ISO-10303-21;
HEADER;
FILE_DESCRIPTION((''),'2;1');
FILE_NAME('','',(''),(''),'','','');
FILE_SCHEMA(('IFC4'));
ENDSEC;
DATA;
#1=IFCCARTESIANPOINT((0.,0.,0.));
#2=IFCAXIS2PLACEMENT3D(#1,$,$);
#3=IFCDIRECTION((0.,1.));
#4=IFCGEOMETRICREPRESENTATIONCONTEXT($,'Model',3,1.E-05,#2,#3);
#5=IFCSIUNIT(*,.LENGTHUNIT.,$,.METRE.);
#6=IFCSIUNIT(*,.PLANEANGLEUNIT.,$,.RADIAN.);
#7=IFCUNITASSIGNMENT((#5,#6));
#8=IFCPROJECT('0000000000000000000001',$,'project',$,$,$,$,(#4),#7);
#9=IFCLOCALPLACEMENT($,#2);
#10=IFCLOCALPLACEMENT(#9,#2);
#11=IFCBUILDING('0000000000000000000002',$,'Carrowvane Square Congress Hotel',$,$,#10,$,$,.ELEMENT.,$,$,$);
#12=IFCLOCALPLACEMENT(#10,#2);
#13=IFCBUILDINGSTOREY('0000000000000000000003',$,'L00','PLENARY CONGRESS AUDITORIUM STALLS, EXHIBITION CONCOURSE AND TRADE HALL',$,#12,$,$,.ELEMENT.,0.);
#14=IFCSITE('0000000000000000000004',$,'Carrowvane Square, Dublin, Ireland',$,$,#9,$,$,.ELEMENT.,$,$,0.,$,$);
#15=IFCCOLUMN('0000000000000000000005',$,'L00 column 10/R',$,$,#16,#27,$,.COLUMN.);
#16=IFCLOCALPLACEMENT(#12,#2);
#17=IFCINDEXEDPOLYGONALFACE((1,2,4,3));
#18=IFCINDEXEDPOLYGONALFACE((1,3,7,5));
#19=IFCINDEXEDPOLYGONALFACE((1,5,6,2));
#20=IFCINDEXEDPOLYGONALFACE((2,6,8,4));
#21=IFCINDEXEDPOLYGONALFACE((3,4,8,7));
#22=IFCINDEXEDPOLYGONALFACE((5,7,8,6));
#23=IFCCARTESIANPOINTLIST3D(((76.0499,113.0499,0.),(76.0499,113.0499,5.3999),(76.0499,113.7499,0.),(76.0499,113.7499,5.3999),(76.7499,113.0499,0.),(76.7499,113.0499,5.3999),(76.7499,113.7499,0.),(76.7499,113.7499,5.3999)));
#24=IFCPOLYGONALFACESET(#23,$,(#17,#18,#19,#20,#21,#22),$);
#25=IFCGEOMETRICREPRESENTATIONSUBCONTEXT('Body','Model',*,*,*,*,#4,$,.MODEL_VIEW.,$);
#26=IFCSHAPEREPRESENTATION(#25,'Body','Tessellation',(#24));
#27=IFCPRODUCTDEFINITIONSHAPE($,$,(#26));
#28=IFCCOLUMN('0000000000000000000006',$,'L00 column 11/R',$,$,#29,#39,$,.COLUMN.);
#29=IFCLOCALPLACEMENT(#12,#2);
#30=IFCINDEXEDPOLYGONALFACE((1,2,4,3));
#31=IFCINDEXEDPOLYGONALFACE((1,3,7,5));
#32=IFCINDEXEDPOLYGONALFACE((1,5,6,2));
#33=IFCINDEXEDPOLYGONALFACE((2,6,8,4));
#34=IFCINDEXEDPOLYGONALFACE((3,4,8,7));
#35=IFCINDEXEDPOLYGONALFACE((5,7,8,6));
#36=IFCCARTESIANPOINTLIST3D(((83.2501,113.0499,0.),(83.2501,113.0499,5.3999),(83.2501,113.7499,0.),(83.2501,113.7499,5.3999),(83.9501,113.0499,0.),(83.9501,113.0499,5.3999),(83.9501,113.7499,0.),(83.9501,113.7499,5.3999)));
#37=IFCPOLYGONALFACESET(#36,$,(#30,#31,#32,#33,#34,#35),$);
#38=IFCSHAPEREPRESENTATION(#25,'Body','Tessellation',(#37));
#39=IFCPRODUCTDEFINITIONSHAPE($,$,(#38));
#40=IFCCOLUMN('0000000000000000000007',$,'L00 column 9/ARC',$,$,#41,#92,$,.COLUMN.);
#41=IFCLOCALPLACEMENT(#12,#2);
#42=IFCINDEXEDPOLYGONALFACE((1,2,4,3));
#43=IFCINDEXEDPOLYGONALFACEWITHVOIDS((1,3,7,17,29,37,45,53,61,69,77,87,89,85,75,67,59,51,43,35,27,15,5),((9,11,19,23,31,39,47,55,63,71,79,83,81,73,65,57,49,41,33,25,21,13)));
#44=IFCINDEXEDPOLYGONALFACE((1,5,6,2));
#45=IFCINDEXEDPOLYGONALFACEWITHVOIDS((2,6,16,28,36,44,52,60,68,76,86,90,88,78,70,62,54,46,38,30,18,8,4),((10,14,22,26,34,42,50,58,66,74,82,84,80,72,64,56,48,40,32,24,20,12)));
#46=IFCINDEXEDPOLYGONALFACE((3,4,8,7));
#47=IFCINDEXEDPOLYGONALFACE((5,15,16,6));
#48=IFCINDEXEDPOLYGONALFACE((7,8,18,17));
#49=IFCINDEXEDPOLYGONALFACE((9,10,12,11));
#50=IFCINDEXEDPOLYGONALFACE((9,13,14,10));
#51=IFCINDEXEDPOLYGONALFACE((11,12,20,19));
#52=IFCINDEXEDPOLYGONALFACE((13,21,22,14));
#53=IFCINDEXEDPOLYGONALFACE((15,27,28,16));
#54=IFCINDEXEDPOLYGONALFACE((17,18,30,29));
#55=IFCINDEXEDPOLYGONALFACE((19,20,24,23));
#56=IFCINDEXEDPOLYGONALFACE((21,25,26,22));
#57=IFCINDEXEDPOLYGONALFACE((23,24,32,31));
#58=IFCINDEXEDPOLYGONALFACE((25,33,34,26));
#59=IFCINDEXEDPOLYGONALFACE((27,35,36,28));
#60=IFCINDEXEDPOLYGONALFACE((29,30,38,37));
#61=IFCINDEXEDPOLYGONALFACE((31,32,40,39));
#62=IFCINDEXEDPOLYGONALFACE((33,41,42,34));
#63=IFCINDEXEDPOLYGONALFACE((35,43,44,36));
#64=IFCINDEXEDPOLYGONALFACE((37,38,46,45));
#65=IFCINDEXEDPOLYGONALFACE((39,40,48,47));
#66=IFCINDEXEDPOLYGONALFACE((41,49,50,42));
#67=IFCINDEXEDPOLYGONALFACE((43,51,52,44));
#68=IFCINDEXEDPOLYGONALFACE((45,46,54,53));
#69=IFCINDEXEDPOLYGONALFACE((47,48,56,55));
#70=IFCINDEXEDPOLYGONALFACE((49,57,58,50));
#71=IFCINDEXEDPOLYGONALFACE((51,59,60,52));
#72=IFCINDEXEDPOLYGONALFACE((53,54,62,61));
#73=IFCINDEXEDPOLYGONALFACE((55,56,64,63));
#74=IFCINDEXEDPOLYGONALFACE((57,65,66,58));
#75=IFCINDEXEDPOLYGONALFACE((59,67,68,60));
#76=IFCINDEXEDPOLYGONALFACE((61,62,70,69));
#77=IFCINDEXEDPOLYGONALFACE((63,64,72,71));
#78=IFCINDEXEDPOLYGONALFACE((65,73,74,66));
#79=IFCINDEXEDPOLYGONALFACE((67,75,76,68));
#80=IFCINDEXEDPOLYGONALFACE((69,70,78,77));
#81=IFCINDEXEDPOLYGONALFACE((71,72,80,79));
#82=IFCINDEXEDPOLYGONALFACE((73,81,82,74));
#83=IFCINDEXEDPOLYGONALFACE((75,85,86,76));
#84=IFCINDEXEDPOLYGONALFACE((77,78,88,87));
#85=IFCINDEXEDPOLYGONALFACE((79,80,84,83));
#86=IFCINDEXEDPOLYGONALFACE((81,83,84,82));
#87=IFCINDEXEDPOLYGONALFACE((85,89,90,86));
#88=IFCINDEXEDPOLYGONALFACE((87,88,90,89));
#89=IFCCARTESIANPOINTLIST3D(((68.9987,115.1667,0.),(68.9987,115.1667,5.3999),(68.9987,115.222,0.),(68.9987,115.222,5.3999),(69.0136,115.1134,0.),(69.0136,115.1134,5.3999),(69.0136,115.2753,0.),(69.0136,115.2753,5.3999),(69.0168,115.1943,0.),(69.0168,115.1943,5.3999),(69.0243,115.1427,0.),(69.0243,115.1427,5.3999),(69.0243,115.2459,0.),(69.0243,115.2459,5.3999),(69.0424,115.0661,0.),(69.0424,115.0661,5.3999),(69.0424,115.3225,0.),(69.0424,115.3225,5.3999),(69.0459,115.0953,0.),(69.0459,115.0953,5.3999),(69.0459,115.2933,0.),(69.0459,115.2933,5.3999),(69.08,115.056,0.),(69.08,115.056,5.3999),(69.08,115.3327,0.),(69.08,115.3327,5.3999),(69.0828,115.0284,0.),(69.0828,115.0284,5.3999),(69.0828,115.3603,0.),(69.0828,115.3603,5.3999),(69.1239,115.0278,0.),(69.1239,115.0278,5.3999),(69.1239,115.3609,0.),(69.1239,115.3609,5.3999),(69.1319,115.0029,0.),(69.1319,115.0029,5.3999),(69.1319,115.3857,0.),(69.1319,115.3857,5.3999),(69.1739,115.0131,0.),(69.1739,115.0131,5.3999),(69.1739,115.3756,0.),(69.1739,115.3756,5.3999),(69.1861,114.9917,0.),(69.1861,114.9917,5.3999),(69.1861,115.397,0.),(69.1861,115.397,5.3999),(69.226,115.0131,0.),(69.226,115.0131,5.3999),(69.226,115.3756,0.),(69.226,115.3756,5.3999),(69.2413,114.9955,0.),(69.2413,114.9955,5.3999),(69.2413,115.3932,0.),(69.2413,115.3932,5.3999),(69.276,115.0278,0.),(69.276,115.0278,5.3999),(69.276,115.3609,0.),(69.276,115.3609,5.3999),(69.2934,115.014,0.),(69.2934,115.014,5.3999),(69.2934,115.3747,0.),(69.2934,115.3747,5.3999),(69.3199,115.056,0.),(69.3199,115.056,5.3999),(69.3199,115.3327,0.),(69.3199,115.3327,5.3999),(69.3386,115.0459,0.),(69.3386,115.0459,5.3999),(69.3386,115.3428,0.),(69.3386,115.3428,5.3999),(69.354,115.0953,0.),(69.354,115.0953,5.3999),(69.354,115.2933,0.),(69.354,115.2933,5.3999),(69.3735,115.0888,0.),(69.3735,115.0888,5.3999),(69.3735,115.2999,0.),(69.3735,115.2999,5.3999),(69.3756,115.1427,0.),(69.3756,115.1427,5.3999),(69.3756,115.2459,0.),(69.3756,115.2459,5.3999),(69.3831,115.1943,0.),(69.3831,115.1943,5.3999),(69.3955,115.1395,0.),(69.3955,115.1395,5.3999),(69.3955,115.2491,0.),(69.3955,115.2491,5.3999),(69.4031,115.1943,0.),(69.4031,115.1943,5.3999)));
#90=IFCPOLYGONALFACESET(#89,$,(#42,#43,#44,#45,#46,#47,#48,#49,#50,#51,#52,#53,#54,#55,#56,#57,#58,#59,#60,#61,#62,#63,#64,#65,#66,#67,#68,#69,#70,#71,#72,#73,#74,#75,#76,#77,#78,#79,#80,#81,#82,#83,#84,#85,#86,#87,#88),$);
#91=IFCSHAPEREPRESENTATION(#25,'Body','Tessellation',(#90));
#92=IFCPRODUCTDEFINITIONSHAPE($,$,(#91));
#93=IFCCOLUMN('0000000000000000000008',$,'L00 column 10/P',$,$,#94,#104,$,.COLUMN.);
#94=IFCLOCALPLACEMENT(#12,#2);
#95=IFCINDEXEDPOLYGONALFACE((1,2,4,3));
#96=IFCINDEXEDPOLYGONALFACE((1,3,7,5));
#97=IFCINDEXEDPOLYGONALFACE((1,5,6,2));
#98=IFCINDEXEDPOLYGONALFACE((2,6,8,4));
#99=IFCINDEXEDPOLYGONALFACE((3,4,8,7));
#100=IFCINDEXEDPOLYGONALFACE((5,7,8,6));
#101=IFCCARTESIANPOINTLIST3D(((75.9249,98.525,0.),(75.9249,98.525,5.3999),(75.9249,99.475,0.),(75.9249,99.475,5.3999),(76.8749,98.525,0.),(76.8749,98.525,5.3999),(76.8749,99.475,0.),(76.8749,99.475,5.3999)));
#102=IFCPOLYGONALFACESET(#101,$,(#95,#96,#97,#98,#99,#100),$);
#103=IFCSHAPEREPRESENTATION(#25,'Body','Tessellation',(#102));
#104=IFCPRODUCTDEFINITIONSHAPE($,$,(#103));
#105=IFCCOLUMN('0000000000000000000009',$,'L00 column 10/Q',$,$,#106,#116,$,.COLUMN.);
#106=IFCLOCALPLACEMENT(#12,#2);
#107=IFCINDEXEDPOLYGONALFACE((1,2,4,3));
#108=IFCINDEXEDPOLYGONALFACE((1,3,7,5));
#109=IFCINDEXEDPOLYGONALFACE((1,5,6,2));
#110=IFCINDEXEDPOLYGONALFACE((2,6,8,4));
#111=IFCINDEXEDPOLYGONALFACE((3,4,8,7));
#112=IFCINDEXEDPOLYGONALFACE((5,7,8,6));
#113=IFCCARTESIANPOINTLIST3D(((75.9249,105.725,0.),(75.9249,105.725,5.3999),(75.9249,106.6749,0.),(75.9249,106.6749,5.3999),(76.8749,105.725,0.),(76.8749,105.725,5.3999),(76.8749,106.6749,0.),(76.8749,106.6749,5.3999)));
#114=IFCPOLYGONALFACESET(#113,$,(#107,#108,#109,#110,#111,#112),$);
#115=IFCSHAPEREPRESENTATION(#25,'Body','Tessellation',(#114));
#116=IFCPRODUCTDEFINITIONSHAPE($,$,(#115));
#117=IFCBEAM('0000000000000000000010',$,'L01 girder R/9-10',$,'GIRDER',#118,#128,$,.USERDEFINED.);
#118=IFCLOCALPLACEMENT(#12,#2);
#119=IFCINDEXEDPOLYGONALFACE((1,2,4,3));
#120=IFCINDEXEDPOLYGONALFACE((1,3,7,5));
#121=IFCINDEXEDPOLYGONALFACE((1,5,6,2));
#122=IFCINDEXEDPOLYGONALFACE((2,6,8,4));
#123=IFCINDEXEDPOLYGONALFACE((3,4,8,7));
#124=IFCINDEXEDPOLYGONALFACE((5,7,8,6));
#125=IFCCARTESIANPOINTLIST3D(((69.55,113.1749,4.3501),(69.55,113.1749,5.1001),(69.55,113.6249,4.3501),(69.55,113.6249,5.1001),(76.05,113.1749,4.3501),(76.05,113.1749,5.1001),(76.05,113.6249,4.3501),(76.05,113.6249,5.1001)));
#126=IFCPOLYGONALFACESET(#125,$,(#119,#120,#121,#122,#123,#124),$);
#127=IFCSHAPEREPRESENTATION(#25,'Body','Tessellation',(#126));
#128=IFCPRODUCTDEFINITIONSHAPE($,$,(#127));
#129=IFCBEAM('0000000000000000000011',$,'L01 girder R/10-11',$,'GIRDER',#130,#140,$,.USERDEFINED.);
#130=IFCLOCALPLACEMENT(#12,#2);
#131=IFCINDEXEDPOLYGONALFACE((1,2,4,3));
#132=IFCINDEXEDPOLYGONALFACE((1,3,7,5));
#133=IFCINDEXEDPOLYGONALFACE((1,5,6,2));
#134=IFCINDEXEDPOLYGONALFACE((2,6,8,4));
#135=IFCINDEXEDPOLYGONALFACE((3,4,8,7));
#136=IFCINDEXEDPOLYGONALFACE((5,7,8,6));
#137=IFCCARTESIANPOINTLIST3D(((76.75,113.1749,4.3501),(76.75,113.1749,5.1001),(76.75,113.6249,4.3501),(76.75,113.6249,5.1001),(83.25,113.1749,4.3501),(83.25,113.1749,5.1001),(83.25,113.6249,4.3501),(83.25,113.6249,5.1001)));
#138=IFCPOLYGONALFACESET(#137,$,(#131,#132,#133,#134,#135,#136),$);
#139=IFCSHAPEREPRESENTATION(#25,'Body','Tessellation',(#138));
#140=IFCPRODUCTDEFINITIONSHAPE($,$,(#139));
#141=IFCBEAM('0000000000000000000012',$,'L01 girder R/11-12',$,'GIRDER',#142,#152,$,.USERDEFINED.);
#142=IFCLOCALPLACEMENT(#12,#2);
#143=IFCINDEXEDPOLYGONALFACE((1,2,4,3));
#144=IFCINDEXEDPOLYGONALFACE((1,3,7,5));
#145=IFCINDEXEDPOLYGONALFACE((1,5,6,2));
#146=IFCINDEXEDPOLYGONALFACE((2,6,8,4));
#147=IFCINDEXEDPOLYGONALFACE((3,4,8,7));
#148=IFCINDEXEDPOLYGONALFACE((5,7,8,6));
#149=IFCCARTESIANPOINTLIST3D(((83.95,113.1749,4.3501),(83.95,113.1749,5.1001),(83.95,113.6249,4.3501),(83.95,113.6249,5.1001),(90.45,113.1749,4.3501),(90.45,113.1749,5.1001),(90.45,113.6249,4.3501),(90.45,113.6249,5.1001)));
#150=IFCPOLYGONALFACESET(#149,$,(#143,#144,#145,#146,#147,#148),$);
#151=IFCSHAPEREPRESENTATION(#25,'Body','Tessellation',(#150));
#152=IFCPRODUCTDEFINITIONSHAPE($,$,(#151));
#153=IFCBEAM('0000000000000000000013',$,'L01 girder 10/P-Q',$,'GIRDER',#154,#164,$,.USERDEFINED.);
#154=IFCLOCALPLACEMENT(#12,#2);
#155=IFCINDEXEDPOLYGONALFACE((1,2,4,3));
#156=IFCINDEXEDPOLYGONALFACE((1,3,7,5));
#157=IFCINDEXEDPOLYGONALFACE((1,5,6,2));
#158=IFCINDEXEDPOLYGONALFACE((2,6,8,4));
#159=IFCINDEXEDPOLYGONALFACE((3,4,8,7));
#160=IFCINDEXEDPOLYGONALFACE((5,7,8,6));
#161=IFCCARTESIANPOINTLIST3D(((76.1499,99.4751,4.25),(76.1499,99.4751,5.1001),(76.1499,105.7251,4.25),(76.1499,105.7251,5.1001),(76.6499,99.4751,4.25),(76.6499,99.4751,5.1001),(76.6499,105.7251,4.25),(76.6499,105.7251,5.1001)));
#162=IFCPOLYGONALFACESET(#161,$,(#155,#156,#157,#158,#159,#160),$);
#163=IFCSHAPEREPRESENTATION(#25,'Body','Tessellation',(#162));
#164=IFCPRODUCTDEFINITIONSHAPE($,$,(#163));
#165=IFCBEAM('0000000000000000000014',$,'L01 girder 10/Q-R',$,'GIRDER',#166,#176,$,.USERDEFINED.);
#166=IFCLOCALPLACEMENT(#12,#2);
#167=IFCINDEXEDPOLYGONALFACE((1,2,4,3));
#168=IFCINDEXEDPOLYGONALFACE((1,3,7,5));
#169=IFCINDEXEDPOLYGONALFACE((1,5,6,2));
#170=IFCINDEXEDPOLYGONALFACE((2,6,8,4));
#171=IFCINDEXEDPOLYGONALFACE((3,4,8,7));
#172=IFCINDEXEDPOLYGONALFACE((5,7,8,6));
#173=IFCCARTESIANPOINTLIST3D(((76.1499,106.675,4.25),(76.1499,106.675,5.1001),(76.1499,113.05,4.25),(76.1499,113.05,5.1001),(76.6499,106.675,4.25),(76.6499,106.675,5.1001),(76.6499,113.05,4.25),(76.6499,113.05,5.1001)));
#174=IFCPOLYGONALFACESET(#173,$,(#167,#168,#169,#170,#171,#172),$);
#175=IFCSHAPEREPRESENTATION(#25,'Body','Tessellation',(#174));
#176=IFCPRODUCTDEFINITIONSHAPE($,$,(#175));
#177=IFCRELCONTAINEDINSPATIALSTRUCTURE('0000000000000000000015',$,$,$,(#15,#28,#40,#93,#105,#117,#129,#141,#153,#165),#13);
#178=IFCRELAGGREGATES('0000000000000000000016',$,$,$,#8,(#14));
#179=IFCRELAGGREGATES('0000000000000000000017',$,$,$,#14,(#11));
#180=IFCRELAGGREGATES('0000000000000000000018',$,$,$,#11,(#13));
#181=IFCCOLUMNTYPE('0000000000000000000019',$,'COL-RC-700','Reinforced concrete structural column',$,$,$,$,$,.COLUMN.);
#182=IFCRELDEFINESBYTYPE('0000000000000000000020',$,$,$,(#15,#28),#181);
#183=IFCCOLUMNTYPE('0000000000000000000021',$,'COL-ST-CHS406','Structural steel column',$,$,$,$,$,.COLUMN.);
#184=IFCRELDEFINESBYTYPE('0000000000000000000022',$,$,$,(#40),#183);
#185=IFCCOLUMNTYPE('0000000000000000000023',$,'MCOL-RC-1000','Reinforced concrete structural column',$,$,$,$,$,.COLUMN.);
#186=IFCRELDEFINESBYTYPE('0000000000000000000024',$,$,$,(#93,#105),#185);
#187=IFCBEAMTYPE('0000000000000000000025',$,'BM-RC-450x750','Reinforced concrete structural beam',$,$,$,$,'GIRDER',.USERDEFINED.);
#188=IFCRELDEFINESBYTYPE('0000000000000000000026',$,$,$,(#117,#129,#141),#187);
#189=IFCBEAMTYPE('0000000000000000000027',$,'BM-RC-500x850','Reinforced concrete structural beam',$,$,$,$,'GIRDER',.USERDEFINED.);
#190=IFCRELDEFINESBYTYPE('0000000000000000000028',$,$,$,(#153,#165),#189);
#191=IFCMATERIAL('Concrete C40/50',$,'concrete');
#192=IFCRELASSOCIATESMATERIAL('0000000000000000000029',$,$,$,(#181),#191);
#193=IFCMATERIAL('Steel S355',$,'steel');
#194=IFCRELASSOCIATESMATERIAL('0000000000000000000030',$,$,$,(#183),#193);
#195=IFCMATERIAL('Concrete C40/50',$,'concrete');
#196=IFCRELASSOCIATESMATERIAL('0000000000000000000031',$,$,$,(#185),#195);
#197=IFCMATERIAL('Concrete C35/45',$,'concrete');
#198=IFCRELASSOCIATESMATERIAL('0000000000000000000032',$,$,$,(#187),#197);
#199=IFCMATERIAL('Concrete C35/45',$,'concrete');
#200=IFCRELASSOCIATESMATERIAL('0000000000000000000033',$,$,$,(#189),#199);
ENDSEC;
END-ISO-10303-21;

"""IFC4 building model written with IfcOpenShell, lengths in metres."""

from ifc_helpers import new_model, si_unit, direction, frame, origin, origin_2d, place, context, subcontext, project, spatial, rectangle, hollow_circle, extrude, material, material_profile, profile_set, type_object, element, save


model = new_model("IFC4")

# Units and contexts
model_context = context("Model", 3, precision=1e-05, world=origin(), true_north=direction((0.0, 1.0)))
body_context = subcontext(model_context, "Body", "Model", "MODEL_VIEW")
ifc_project = project(units=[si_unit("LENGTHUNIT", "METRE"), si_unit("PLANEANGLEUNIT", "RADIAN")], contexts=[model_context])

# Site, building, storey
site_placement = place(None, origin())
site = spatial("IfcSite", under=ifc_project, at=site_placement, Name="Carrowvane Square, Dublin, Ireland", CompositionType="ELEMENT", RefElevation=0.0)
building_placement = place(site_placement, origin())
building = spatial("IfcBuilding", under=site, at=building_placement, Name="Carrowvane Square Congress Hotel", CompositionType="ELEMENT")
storey_placement = place(building_placement, origin())
storey = spatial("IfcBuildingStorey", under=building, at=storey_placement, Name="L00", Description="PLENARY CONGRESS AUDITORIUM STALLS, EXHIBITION CONCOURSE AND TRADE HALL", CompositionType="ELEMENT", Elevation=0.0)

# Columns
ifc_material_1 = material(Name="Concrete C40/50", Category="concrete")
ifc_material_profile_1 = material_profile(ifc_material_1, rectangle(XDim=0.7, YDim=0.7, at=origin_2d()), Name="RC 700x700")
ifc_profile_set_1 = profile_set([ifc_material_profile_1], Name="Concrete C40/50")
column_type_1 = type_object("IfcColumnType", Name="COL-RC-700", Description="Reinforced concrete structural column", PredefinedType="COLUMN", material=ifc_profile_set_1)
for number, where, z_axis, x_axis, name in (
    (1, (76.3999, 113.3999, 0.0), (0.0, 0.0, 1.0), (1.0, 0.0, 0.0), "L00 column 10/R"),
    (2, (83.6001, 113.3999, 0.0), (0.0, 0.0, 1.0), (1.0, 0.0, 0.0), "L00 column 11/R"),
):
    element("IfcColumn", number, at=place(storey_placement, frame(where, z_axis=z_axis, x_axis=x_axis)), inside=storey, type_object=column_type_1, Name=name, PredefinedType="COLUMN", context=body_context, shape_type="SweptSolid", body=[
        extrude(rectangle(XDim=0.7, YDim=0.7, at=origin_2d()), origin(), (0.0, 0.0, 1.0), 5.3999),
    ])
ifc_material_2 = material(Name="Steel S355", Category="steel")
ifc_material_profile_2 = material_profile(ifc_material_2, hollow_circle(Radius=0.2031, WallThickness=0.02, at=origin_2d()), Name="CHS 406.4x20")
ifc_profile_set_2 = profile_set([ifc_material_profile_2], Name="Steel S355")
column_type_2 = type_object("IfcColumnType", Name="COL-ST-CHS406", Description="Structural steel column", PredefinedType="COLUMN", material=ifc_profile_set_2)
column_placement = place(storey_placement, frame((69.2, 115.1943, 0.0), z_axis=(0.0, 0.0, 1.0), x_axis=(1.0, 0.0, 0.0)))
element("IfcColumn", 3, at=column_placement, inside=storey, type_object=column_type_2, Name="L00 column 9/ARC", PredefinedType="COLUMN", context=body_context, shape_type="SweptSolid", body=[
    extrude(hollow_circle(Radius=0.2031, WallThickness=0.02, at=origin_2d()), origin(), (0.0, 0.0, 1.0), 5.3999),
])
ifc_material_3 = material(Name="Concrete C40/50", Category="concrete")
ifc_material_profile_3 = material_profile(ifc_material_3, rectangle(XDim=0.95, YDim=0.95, at=origin_2d()), Name="RC 950x950")
ifc_profile_set_3 = profile_set([ifc_material_profile_3], Name="Concrete C40/50")
column_type_3 = type_object("IfcColumnType", Name="MCOL-RC-1000", Description="Reinforced concrete structural column", PredefinedType="COLUMN", material=ifc_profile_set_3)
for number, where, z_axis, x_axis, name in (
    (4, (76.3999, 99.0, 0.0), (0.0, 0.0, 1.0), (1.0, 0.0, 0.0), "L00 column 10/P"),
    (5, (76.3999, 106.2, 0.0), (0.0, 0.0, 1.0), (1.0, 0.0, 0.0), "L00 column 10/Q"),
):
    element("IfcColumn", number, at=place(storey_placement, frame(where, z_axis=z_axis, x_axis=x_axis)), inside=storey, type_object=column_type_3, Name=name, PredefinedType="COLUMN", context=body_context, shape_type="SweptSolid", body=[
        extrude(rectangle(XDim=0.95, YDim=0.95, at=origin_2d()), origin(), (0.0, 0.0, 1.0), 5.3999),
    ])

# Beams
ifc_material_4 = material(Name="Concrete C35/45", Category="concrete")
ifc_material_profile_4 = material_profile(ifc_material_4, rectangle(XDim=0.45, YDim=0.75, at=origin_2d()), Name="RC 450x750")
ifc_profile_set_4 = profile_set([ifc_material_profile_4], Name="Concrete C35/45")
beam_type_1 = type_object("IfcBeamType", Name="BM-RC-450x750", Description="Reinforced concrete structural beam", ElementType="GIRDER", PredefinedType="USERDEFINED", material=ifc_profile_set_4)
for number, where, z_axis, x_axis, name in (
    (6, (69.55, 113.3999, 4.7251), (1.0, 0.0, 0.0), (0.0, 1.0, 0.0), "L01 girder R/9-10"),
    (7, (76.75, 113.3999, 4.7251), (1.0, 0.0, 0.0), (0.0, 1.0, 0.0), "L01 girder R/10-11"),
    (8, (83.95, 113.3999, 4.7251), (1.0, 0.0, 0.0), (0.0, 1.0, 0.0), "L01 girder R/11-12"),
):
    element("IfcBeam", number, at=place(storey_placement, frame(where, z_axis=z_axis, x_axis=x_axis)), inside=storey, type_object=beam_type_1, Name=name, ObjectType="GIRDER", PredefinedType="USERDEFINED", context=body_context, shape_type="SweptSolid", body=[
        extrude(rectangle(XDim=0.45, YDim=0.75, at=origin_2d()), origin(), (0.0, 0.0, 1.0), 6.5),
    ])
ifc_material_5 = material(Name="Concrete C35/45", Category="concrete")
ifc_material_profile_5 = material_profile(ifc_material_5, rectangle(XDim=0.5, YDim=0.8501, at=origin_2d()), Name="RC 500x850")
ifc_profile_set_5 = profile_set([ifc_material_profile_5], Name="Concrete C35/45")
beam_type_2 = type_object("IfcBeamType", Name="BM-RC-500x850", Description="Reinforced concrete structural beam", ElementType="GIRDER", PredefinedType="USERDEFINED", material=ifc_profile_set_5)
beam_1_placement = place(storey_placement, frame((76.3999, 99.4751, 4.675), z_axis=(0.0, 1.0, 0.0), x_axis=(-1.0, 0.0, 0.0)))
element("IfcBeam", 9, at=beam_1_placement, inside=storey, type_object=beam_type_2, Name="L01 girder 10/P-Q", ObjectType="GIRDER", PredefinedType="USERDEFINED", context=body_context, shape_type="SweptSolid", body=[
    extrude(rectangle(XDim=0.5, YDim=0.8501, at=origin_2d()), origin(), (0.0, 0.0, 1.0), 6.25),
])
beam_2_placement = place(storey_placement, frame((76.3999, 106.675, 4.675), z_axis=(0.0, 1.0, 0.0), x_axis=(-1.0, 0.0, 0.0)))
element("IfcBeam", 10, at=beam_2_placement, inside=storey, type_object=beam_type_2, Name="L01 girder 10/Q-R", ObjectType="GIRDER", PredefinedType="USERDEFINED", context=body_context, shape_type="SweptSolid", body=[
    extrude(rectangle(XDim=0.5, YDim=0.8501, at=origin_2d()), origin(), (0.0, 0.0, 1.0), 6.375),
])

save(model, "model.ifc")
